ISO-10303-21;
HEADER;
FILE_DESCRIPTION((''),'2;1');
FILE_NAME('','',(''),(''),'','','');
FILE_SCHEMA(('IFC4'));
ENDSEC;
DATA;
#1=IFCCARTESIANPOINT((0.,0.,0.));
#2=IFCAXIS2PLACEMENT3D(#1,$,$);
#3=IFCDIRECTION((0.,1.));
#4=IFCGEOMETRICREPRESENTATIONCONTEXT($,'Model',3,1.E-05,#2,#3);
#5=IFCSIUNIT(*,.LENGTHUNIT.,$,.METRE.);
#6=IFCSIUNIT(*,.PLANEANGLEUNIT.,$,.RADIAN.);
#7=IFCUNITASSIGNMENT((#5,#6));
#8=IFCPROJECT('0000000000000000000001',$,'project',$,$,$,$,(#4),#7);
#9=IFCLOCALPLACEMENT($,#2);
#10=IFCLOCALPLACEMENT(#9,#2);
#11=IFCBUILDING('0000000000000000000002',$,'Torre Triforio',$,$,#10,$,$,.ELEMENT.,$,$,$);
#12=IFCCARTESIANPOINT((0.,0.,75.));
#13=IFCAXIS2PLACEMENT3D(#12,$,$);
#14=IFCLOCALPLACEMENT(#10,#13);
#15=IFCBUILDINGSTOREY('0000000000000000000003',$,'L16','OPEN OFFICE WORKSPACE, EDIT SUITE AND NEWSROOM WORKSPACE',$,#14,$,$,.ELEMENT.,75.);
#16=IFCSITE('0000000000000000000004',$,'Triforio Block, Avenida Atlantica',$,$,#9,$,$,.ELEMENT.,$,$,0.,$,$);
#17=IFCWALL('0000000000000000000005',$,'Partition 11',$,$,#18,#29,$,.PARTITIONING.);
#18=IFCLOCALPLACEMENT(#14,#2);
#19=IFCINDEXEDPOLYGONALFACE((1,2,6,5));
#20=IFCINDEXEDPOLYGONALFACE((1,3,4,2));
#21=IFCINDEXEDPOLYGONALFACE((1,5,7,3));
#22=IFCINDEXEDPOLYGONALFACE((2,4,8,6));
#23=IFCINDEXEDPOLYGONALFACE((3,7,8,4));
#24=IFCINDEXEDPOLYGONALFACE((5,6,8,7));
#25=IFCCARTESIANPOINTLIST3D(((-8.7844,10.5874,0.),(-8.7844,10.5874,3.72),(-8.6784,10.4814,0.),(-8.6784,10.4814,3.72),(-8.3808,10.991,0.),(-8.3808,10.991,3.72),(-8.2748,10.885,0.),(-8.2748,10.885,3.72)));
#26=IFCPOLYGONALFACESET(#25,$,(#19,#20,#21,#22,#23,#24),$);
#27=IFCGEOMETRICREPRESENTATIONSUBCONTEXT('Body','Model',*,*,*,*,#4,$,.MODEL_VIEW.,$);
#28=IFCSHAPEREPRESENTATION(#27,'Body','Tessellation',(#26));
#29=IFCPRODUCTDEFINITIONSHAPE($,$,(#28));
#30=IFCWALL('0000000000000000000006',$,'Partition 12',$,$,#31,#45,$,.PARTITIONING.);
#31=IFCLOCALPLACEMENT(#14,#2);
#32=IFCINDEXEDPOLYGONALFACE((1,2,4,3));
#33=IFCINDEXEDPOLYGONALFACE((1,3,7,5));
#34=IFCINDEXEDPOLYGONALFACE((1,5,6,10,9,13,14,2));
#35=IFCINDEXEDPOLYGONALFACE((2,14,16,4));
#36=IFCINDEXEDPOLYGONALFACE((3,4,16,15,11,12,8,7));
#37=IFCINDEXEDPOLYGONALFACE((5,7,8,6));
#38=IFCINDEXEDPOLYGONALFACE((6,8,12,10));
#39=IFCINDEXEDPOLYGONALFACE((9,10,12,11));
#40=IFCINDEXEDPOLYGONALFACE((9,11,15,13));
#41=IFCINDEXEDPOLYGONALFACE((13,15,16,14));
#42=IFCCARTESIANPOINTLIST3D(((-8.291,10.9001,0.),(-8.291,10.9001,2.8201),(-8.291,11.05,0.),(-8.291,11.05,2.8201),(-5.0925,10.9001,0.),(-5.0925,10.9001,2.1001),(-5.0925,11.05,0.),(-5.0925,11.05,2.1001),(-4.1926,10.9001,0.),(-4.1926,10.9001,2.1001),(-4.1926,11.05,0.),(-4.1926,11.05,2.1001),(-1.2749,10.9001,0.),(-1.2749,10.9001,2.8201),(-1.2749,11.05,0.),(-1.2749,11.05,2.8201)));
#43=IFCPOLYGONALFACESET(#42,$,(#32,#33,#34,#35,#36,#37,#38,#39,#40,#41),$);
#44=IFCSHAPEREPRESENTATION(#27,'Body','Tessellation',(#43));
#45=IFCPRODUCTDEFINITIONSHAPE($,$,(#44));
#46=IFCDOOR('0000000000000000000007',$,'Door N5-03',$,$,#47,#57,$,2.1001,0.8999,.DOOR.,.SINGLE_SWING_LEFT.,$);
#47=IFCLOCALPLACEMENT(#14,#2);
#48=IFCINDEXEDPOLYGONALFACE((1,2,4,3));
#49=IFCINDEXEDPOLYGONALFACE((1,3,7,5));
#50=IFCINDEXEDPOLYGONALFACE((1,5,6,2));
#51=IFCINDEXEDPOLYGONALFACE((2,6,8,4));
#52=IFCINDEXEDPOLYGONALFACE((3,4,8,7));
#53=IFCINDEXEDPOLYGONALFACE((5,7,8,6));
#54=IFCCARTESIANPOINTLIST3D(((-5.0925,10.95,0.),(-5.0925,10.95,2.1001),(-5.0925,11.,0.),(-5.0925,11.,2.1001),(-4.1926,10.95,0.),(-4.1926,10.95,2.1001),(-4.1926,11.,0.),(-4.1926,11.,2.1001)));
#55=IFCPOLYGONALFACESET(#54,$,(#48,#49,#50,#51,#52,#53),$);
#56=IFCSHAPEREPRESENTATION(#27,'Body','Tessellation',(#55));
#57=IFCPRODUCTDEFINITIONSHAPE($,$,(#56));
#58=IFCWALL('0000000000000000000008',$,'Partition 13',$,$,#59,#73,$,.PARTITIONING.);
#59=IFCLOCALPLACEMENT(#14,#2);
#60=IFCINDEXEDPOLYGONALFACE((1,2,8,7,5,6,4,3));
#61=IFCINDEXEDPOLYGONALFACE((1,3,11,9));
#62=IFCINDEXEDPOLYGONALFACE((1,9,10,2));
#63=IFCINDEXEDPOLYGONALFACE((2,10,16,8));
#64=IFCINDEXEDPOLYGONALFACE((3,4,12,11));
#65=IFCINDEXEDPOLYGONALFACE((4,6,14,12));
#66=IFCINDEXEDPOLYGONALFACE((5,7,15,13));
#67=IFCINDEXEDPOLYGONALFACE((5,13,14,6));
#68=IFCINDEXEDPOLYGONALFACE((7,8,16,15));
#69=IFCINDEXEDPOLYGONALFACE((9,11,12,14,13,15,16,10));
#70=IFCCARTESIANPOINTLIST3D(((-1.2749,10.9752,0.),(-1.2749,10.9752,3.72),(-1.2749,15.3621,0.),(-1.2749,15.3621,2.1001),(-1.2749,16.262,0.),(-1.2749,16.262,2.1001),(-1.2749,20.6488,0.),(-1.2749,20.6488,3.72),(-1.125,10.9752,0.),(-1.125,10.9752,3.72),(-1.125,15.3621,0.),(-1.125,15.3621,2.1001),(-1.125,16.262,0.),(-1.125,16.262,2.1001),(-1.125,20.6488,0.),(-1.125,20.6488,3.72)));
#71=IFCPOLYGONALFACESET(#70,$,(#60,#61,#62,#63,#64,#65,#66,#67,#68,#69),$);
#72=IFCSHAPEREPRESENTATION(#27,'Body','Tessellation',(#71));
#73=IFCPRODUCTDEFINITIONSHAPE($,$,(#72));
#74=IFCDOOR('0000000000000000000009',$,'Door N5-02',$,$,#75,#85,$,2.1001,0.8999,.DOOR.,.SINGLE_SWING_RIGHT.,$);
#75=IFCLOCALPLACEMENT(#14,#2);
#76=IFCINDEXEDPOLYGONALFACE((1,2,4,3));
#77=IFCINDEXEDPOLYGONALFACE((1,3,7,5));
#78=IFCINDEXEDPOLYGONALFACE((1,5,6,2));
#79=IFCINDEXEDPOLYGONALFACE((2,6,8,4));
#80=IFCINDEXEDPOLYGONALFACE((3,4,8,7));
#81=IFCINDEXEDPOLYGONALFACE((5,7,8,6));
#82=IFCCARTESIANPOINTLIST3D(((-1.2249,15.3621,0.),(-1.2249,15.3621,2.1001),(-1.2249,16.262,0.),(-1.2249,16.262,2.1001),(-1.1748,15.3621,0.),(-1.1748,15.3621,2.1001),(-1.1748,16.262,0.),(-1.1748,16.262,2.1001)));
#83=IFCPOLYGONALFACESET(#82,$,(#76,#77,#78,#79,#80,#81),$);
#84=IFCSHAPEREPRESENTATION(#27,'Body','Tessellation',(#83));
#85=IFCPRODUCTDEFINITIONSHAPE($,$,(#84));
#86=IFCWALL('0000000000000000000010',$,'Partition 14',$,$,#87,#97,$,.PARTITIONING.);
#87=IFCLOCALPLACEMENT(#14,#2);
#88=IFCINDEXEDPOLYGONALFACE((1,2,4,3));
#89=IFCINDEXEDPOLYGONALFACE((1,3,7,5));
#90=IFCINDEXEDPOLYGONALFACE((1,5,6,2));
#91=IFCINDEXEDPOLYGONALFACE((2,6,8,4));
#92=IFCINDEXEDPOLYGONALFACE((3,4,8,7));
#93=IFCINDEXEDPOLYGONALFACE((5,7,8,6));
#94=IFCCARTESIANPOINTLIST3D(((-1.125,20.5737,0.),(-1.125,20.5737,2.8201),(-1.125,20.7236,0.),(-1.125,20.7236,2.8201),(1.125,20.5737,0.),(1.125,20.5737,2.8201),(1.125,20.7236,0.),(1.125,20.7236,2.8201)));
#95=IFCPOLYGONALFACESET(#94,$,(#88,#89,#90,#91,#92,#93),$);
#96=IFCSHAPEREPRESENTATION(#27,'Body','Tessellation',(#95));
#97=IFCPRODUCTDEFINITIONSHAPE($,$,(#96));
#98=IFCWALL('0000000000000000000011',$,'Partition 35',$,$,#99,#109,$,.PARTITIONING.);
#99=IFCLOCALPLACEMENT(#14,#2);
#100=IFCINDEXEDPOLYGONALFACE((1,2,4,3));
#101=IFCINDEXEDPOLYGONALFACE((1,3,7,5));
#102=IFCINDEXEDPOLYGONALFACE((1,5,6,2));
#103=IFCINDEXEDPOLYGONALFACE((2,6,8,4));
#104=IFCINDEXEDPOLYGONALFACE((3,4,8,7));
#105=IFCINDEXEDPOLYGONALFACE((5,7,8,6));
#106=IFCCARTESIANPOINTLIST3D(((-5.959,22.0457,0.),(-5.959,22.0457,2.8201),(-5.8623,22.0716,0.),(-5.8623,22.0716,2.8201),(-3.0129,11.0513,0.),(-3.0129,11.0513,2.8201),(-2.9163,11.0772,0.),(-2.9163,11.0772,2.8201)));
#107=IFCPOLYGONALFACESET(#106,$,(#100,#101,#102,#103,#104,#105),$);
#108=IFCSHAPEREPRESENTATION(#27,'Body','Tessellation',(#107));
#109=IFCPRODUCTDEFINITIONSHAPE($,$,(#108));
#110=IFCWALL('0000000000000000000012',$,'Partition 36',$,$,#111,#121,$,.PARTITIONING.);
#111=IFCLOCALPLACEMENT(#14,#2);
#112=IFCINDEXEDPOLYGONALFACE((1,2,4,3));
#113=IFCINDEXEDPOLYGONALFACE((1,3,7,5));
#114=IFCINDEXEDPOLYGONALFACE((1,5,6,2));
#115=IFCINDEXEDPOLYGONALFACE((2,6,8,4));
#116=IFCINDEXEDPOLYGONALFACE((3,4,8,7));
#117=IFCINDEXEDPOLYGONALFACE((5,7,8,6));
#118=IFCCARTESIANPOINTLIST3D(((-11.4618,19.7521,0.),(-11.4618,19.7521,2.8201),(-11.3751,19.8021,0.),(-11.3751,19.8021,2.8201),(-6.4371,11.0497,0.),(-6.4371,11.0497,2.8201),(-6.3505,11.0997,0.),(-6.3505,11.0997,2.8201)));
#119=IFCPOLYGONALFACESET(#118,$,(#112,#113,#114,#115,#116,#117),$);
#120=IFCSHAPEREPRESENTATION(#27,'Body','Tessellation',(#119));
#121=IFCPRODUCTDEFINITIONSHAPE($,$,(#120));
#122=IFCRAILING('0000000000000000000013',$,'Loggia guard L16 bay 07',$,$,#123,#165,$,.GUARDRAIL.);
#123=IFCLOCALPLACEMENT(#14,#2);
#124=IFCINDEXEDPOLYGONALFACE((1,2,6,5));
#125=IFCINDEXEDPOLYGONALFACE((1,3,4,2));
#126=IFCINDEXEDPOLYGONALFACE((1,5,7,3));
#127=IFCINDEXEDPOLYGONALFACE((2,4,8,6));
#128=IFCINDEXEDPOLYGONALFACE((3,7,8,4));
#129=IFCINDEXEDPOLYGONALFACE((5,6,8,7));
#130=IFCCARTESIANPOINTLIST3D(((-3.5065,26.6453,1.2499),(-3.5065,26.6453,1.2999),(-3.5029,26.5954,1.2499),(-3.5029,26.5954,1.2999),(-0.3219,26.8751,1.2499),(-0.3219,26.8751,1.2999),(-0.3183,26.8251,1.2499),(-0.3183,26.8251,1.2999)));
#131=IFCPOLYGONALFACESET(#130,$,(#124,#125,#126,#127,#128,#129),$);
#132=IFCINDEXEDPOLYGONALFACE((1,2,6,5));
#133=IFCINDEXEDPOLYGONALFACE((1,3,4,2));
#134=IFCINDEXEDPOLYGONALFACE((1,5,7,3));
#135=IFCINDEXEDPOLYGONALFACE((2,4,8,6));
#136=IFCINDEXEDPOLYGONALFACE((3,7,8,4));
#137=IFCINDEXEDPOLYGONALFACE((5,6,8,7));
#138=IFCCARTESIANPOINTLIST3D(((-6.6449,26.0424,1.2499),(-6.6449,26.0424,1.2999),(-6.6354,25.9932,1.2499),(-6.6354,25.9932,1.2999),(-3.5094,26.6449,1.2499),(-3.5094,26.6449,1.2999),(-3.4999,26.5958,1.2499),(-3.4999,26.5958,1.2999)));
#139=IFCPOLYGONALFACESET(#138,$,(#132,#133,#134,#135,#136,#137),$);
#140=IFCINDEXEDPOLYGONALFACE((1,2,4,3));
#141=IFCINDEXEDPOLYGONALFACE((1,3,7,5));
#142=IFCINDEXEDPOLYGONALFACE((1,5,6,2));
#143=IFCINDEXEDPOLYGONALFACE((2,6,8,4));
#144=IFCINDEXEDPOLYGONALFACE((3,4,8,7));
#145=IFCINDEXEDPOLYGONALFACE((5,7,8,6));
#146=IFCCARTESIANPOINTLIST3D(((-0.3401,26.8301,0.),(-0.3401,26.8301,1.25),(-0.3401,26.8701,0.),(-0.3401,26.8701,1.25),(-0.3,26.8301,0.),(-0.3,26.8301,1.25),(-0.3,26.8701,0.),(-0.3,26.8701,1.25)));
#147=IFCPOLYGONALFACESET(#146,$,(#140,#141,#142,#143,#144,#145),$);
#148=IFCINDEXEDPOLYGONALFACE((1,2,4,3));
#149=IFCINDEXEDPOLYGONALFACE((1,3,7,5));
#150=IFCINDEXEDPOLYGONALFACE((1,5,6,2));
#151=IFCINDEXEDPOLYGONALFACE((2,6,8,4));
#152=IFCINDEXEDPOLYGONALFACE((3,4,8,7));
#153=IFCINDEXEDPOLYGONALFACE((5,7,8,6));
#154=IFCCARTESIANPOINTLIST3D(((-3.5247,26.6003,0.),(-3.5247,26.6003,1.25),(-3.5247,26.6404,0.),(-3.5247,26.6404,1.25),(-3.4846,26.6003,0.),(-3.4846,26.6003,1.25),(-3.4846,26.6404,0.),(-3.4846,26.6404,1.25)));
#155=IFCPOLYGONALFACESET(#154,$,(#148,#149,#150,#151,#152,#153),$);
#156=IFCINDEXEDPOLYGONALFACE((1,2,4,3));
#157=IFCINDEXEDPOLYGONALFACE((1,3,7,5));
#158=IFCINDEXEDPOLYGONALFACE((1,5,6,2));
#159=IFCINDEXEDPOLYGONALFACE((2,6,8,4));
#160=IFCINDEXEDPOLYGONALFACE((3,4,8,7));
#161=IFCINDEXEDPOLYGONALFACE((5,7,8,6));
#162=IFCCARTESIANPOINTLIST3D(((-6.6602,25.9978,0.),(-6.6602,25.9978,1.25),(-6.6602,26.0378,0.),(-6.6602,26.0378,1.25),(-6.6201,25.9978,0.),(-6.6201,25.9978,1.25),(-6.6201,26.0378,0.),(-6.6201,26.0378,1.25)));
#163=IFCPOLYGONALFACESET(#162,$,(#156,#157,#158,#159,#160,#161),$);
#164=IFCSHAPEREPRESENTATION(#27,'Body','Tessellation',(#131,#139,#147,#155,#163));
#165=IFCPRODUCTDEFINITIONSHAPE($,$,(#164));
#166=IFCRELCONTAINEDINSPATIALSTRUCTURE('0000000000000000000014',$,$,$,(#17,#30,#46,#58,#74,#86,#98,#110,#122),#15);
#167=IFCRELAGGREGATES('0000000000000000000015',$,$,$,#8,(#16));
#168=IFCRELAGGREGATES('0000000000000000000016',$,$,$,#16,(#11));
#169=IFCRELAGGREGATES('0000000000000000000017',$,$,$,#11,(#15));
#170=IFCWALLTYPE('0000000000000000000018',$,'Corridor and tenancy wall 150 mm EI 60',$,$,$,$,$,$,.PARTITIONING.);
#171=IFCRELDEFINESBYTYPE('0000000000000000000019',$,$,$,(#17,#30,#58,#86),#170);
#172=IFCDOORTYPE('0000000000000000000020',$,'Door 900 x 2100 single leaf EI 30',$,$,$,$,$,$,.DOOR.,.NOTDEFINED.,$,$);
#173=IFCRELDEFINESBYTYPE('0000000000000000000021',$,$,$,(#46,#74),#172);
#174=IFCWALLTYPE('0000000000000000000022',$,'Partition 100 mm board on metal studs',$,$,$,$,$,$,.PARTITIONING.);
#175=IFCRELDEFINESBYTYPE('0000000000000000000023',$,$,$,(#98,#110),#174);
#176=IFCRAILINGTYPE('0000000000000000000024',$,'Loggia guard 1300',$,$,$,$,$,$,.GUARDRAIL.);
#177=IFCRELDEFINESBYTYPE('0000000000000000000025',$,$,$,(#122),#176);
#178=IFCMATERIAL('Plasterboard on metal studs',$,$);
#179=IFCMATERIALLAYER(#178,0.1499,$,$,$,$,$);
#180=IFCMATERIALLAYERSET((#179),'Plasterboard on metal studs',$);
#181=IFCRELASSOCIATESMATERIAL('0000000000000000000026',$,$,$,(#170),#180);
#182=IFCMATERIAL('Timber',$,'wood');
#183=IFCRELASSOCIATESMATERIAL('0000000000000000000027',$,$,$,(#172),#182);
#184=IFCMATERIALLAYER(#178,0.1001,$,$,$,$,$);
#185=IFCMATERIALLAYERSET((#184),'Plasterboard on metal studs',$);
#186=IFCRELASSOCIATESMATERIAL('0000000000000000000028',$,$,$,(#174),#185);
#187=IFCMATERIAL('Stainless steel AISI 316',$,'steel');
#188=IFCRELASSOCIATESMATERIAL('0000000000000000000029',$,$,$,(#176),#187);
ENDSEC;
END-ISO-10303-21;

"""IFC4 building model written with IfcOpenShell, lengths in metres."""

from ifc_helpers import new_model, si_unit, direction, frame, frame_2d, origin, origin_2d, place, context, subcontext, project, spatial, rectangle, extrude, material, layer, layer_set, type_object, element, fill, save


model = new_model("IFC4")

# Units and contexts
model_context = context("Model", 3, precision=1e-05, world=origin(), true_north=direction((0.0, 1.0)))
body_context = subcontext(model_context, "Body", "Model", "MODEL_VIEW")
ifc_project = project(units=[si_unit("LENGTHUNIT", "METRE"), si_unit("PLANEANGLEUNIT", "RADIAN")], contexts=[model_context])

# Site, building, storey
site_placement = place(None, origin())
site = spatial("IfcSite", under=ifc_project, at=site_placement, Name="Triforio Block, Avenida Atlantica", CompositionType="ELEMENT", RefElevation=0.0)
building_placement = place(site_placement, origin())
building = spatial("IfcBuilding", under=site, at=building_placement, Name="Torre Triforio", CompositionType="ELEMENT")
storey_placement = place(building_placement, frame((0.0, 0.0, 75.0)))
storey = spatial("IfcBuildingStorey", under=building, at=storey_placement, Name="L16", Description="OPEN OFFICE WORKSPACE, EDIT SUITE AND NEWSROOM WORKSPACE", CompositionType="ELEMENT", Elevation=75.0)

# Shared definitions
ifc_material_1 = material(Name="Plasterboard on metal studs")
ifc_layer_1 = layer(ifc_material_1, 0.1499)
ifc_layer_set_1 = layer_set([ifc_layer_1], Name="Plasterboard on metal studs")
wall_type_1 = type_object("IfcWallType", Name="Corridor and tenancy wall 150 mm EI 60", PredefinedType="PARTITIONING", material=ifc_layer_set_1)
ifc_material_2 = material(Name="Timber", Category="wood")

# Wall
wall_1_placement = place(storey_placement, frame((-8.7314, 10.5344, 0.0), z_axis=(0.0, 0.0, 1.0), x_axis=(0.707107, 0.707107, 0.0)))
element("IfcWall", 1, at=wall_1_placement, inside=storey, type_object=wall_type_1, Name="Partition 11", PredefinedType="PARTITIONING", context=body_context, shape_type="SweptSolid", body=[
    extrude(rectangle(XDim=0.5708, YDim=0.1499, at=frame_2d((0.2854, 0.0))), origin(), (0.0, 0.0, 1.0), 3.72),
])

# Walls, openings, doors
wall_2_placement = place(storey_placement, frame((-8.291, 10.9751, 0.0), z_axis=(0.0, 0.0, 1.0), x_axis=(1.0, 0.0, 0.0)))
wall_2 = element("IfcWall", 2, at=wall_2_placement, inside=storey, type_object=wall_type_1, Name="Partition 12", PredefinedType="PARTITIONING", context=body_context, shape_type="SweptSolid", body=[
    extrude(rectangle(XDim=7.0161, YDim=0.1499, at=frame_2d((3.5081, 0.0))), origin(), (0.0, 0.0, 1.0), 2.8201),
])
opening_1_placement = place(wall_2_placement, frame((3.1985, 0.0, 0.0)))
opening_1 = element("IfcOpeningElement", 3, at=opening_1_placement, cuts=wall_2, PredefinedType="OPENING", context=body_context, shape_type="SweptSolid", body=[
    extrude(rectangle(XDim=0.8999, YDim=2.1001, at=frame_2d((0.45, 1.05))), frame((0.0, 0.085, 0.0), z_axis=(0.0, -1.0, 0.0), x_axis=(1.0, 0.0, 0.0)), (0.0, 0.0, 1.0), 0.1699),
])
door_type_1 = type_object("IfcDoorType", Name="Door 900 x 2100 single leaf EI 30", OperationType="NOTDEFINED", PredefinedType="DOOR", material=ifc_material_2)
door_1_placement = place(opening_1_placement, origin())
door_1 = element("IfcDoor", 4, at=door_1_placement, inside=storey, type_object=door_type_1, Name="Door N5-03", OperationType="SINGLE_SWING_LEFT", OverallHeight=2.1001, OverallWidth=0.8999, PredefinedType="DOOR", context=body_context, shape_type="SweptSolid", body=[
    extrude(rectangle(XDim=0.8999, YDim=2.1001, at=frame_2d((0.45, 1.05))), frame((0.0, 0.0249, 0.0), z_axis=(0.0, -1.0, 0.0), x_axis=(1.0, 0.0, 0.0)), (0.0, 0.0, 1.0), 0.05),
])
fill(opening_1, door_1)
wall_3_placement = place(storey_placement, frame((-1.2, 10.9751, 0.0), z_axis=(0.0, 0.0, 1.0), x_axis=(0.0, 1.0, 0.0)))
wall_3 = element("IfcWall", 5, at=wall_3_placement, inside=storey, type_object=wall_type_1, Name="Partition 13", PredefinedType="PARTITIONING", context=body_context, shape_type="SweptSolid", body=[
    extrude(rectangle(XDim=9.6736, YDim=0.1499, at=frame_2d((4.8369, 0.0))), origin(), (0.0, 0.0, 1.0), 3.72),
])
opening_2_placement = place(wall_3_placement, frame((4.387, 0.0, 0.0)))
opening_2 = element("IfcOpeningElement", 6, at=opening_2_placement, cuts=wall_3, PredefinedType="OPENING", context=body_context, shape_type="SweptSolid", body=[
    extrude(rectangle(XDim=0.8999, YDim=2.1001, at=frame_2d((0.45, 1.05))), frame((0.0, 0.085, 0.0), z_axis=(0.0, -1.0, 0.0), x_axis=(1.0, 0.0, 0.0)), (0.0, 0.0, 1.0), 0.1699),
])
door_2_placement = place(opening_2_placement, origin())
door_2 = element("IfcDoor", 7, at=door_2_placement, inside=storey, type_object=door_type_1, Name="Door N5-02", OperationType="SINGLE_SWING_RIGHT", OverallHeight=2.1001, OverallWidth=0.8999, PredefinedType="DOOR", context=body_context, shape_type="SweptSolid", body=[
    extrude(rectangle(XDim=0.8999, YDim=2.1001, at=frame_2d((0.45, 1.05))), frame((0.0, 0.0249, 0.0), z_axis=(0.0, -1.0, 0.0), x_axis=(1.0, 0.0, 0.0)), (0.0, 0.0, 1.0), 0.05),
])
fill(opening_2, door_2)

# Walls
wall_4_placement = place(storey_placement, frame((-1.125, 20.6487, 0.0), z_axis=(0.0, 0.0, 1.0), x_axis=(1.0, 0.0, 0.0)))
element("IfcWall", 8, at=wall_4_placement, inside=storey, type_object=wall_type_1, Name="Partition 14", PredefinedType="PARTITIONING", context=body_context, shape_type="SweptSolid", body=[
    extrude(rectangle(XDim=2.25, YDim=0.1499, at=frame_2d((1.125, 0.0))), origin(), (0.0, 0.0, 1.0), 2.8201),
])
ifc_layer_2 = layer(ifc_material_1, 0.1001)
ifc_layer_set_2 = layer_set([ifc_layer_2], Name="Plasterboard on metal studs")
wall_type_2 = type_object("IfcWallType", Name="Partition 100 mm board on metal studs", PredefinedType="PARTITIONING", material=ifc_layer_set_2)
wall_5_placement = place(storey_placement, frame((-2.9646, 11.0642, 0.0), z_axis=(0.0, 0.0, 1.0), x_axis=(-0.258828, 0.965923, 0.0)))
element("IfcWall", 9, at=wall_5_placement, inside=storey, type_object=wall_type_2, Name="Partition 35", PredefinedType="PARTITIONING", context=body_context, shape_type="SweptSolid", body=[
    extrude(rectangle(XDim=11.3823, YDim=0.1001, at=frame_2d((5.6912, 0.0))), origin(), (0.0, 0.0, 1.0), 2.8201),
])
wall_6_placement = place(storey_placement, frame((-6.3938, 11.0747, 0.0), z_axis=(0.0, 0.0, 1.0), x_axis=(-0.500025, 0.866011, 0.0)))
element("IfcWall", 10, at=wall_6_placement, inside=storey, type_object=wall_type_2, Name="Partition 36", PredefinedType="PARTITIONING", context=body_context, shape_type="SweptSolid", body=[
    extrude(rectangle(XDim=10.0488, YDim=0.1001, at=frame_2d((5.0244, 0.0))), origin(), (0.0, 0.0, 1.0), 2.8201),
])

# Railing
ifc_material_3 = material(Name="Stainless steel AISI 316", Category="steel")
railing_type = type_object("IfcRailingType", Name="Loggia guard 1300", PredefinedType="GUARDRAIL", material=ifc_material_3)
railing_1_placement = place(storey_placement, frame((-0.3201, 26.8501, 0.0)))
element("IfcRailing", 11, at=railing_1_placement, inside=storey, type_object=railing_type, Name="Loggia guard L16 bay 07", PredefinedType="GUARDRAIL", context=body_context, shape_type="SweptSolid", body=[
    extrude(rectangle(XDim=0.05, YDim=0.05, at=origin_2d()), frame((0.0, 0.0, 1.2749), z_axis=(-0.997408, -0.071953, 0.0), x_axis=(0.071953, -0.997408, 0.0)), (0.0, 0.0, 1.0), 3.1929),
    extrude(rectangle(XDim=0.05, YDim=0.05, at=origin_2d()), frame((-3.1846, -0.2297, 1.2749), z_axis=(-0.982032, -0.188714, 0.0), x_axis=(0.188714, -0.982032, 0.0)), (0.0, 0.0, 1.0), 3.1929),
    extrude(rectangle(XDim=0.04, YDim=0.04, at=origin_2d()), origin(), (0.0, 0.0, 1.0), 1.25),
    extrude(rectangle(XDim=0.04, YDim=0.04, at=origin_2d()), frame((-3.1846, -0.2297, 0.0)), (0.0, 0.0, 1.0), 1.25),
    extrude(rectangle(XDim=0.04, YDim=0.04, at=origin_2d()), frame((-6.3201, -0.8323, 0.0)), (0.0, 0.0, 1.0), 1.25),
])

save(model, "model.ifc")
